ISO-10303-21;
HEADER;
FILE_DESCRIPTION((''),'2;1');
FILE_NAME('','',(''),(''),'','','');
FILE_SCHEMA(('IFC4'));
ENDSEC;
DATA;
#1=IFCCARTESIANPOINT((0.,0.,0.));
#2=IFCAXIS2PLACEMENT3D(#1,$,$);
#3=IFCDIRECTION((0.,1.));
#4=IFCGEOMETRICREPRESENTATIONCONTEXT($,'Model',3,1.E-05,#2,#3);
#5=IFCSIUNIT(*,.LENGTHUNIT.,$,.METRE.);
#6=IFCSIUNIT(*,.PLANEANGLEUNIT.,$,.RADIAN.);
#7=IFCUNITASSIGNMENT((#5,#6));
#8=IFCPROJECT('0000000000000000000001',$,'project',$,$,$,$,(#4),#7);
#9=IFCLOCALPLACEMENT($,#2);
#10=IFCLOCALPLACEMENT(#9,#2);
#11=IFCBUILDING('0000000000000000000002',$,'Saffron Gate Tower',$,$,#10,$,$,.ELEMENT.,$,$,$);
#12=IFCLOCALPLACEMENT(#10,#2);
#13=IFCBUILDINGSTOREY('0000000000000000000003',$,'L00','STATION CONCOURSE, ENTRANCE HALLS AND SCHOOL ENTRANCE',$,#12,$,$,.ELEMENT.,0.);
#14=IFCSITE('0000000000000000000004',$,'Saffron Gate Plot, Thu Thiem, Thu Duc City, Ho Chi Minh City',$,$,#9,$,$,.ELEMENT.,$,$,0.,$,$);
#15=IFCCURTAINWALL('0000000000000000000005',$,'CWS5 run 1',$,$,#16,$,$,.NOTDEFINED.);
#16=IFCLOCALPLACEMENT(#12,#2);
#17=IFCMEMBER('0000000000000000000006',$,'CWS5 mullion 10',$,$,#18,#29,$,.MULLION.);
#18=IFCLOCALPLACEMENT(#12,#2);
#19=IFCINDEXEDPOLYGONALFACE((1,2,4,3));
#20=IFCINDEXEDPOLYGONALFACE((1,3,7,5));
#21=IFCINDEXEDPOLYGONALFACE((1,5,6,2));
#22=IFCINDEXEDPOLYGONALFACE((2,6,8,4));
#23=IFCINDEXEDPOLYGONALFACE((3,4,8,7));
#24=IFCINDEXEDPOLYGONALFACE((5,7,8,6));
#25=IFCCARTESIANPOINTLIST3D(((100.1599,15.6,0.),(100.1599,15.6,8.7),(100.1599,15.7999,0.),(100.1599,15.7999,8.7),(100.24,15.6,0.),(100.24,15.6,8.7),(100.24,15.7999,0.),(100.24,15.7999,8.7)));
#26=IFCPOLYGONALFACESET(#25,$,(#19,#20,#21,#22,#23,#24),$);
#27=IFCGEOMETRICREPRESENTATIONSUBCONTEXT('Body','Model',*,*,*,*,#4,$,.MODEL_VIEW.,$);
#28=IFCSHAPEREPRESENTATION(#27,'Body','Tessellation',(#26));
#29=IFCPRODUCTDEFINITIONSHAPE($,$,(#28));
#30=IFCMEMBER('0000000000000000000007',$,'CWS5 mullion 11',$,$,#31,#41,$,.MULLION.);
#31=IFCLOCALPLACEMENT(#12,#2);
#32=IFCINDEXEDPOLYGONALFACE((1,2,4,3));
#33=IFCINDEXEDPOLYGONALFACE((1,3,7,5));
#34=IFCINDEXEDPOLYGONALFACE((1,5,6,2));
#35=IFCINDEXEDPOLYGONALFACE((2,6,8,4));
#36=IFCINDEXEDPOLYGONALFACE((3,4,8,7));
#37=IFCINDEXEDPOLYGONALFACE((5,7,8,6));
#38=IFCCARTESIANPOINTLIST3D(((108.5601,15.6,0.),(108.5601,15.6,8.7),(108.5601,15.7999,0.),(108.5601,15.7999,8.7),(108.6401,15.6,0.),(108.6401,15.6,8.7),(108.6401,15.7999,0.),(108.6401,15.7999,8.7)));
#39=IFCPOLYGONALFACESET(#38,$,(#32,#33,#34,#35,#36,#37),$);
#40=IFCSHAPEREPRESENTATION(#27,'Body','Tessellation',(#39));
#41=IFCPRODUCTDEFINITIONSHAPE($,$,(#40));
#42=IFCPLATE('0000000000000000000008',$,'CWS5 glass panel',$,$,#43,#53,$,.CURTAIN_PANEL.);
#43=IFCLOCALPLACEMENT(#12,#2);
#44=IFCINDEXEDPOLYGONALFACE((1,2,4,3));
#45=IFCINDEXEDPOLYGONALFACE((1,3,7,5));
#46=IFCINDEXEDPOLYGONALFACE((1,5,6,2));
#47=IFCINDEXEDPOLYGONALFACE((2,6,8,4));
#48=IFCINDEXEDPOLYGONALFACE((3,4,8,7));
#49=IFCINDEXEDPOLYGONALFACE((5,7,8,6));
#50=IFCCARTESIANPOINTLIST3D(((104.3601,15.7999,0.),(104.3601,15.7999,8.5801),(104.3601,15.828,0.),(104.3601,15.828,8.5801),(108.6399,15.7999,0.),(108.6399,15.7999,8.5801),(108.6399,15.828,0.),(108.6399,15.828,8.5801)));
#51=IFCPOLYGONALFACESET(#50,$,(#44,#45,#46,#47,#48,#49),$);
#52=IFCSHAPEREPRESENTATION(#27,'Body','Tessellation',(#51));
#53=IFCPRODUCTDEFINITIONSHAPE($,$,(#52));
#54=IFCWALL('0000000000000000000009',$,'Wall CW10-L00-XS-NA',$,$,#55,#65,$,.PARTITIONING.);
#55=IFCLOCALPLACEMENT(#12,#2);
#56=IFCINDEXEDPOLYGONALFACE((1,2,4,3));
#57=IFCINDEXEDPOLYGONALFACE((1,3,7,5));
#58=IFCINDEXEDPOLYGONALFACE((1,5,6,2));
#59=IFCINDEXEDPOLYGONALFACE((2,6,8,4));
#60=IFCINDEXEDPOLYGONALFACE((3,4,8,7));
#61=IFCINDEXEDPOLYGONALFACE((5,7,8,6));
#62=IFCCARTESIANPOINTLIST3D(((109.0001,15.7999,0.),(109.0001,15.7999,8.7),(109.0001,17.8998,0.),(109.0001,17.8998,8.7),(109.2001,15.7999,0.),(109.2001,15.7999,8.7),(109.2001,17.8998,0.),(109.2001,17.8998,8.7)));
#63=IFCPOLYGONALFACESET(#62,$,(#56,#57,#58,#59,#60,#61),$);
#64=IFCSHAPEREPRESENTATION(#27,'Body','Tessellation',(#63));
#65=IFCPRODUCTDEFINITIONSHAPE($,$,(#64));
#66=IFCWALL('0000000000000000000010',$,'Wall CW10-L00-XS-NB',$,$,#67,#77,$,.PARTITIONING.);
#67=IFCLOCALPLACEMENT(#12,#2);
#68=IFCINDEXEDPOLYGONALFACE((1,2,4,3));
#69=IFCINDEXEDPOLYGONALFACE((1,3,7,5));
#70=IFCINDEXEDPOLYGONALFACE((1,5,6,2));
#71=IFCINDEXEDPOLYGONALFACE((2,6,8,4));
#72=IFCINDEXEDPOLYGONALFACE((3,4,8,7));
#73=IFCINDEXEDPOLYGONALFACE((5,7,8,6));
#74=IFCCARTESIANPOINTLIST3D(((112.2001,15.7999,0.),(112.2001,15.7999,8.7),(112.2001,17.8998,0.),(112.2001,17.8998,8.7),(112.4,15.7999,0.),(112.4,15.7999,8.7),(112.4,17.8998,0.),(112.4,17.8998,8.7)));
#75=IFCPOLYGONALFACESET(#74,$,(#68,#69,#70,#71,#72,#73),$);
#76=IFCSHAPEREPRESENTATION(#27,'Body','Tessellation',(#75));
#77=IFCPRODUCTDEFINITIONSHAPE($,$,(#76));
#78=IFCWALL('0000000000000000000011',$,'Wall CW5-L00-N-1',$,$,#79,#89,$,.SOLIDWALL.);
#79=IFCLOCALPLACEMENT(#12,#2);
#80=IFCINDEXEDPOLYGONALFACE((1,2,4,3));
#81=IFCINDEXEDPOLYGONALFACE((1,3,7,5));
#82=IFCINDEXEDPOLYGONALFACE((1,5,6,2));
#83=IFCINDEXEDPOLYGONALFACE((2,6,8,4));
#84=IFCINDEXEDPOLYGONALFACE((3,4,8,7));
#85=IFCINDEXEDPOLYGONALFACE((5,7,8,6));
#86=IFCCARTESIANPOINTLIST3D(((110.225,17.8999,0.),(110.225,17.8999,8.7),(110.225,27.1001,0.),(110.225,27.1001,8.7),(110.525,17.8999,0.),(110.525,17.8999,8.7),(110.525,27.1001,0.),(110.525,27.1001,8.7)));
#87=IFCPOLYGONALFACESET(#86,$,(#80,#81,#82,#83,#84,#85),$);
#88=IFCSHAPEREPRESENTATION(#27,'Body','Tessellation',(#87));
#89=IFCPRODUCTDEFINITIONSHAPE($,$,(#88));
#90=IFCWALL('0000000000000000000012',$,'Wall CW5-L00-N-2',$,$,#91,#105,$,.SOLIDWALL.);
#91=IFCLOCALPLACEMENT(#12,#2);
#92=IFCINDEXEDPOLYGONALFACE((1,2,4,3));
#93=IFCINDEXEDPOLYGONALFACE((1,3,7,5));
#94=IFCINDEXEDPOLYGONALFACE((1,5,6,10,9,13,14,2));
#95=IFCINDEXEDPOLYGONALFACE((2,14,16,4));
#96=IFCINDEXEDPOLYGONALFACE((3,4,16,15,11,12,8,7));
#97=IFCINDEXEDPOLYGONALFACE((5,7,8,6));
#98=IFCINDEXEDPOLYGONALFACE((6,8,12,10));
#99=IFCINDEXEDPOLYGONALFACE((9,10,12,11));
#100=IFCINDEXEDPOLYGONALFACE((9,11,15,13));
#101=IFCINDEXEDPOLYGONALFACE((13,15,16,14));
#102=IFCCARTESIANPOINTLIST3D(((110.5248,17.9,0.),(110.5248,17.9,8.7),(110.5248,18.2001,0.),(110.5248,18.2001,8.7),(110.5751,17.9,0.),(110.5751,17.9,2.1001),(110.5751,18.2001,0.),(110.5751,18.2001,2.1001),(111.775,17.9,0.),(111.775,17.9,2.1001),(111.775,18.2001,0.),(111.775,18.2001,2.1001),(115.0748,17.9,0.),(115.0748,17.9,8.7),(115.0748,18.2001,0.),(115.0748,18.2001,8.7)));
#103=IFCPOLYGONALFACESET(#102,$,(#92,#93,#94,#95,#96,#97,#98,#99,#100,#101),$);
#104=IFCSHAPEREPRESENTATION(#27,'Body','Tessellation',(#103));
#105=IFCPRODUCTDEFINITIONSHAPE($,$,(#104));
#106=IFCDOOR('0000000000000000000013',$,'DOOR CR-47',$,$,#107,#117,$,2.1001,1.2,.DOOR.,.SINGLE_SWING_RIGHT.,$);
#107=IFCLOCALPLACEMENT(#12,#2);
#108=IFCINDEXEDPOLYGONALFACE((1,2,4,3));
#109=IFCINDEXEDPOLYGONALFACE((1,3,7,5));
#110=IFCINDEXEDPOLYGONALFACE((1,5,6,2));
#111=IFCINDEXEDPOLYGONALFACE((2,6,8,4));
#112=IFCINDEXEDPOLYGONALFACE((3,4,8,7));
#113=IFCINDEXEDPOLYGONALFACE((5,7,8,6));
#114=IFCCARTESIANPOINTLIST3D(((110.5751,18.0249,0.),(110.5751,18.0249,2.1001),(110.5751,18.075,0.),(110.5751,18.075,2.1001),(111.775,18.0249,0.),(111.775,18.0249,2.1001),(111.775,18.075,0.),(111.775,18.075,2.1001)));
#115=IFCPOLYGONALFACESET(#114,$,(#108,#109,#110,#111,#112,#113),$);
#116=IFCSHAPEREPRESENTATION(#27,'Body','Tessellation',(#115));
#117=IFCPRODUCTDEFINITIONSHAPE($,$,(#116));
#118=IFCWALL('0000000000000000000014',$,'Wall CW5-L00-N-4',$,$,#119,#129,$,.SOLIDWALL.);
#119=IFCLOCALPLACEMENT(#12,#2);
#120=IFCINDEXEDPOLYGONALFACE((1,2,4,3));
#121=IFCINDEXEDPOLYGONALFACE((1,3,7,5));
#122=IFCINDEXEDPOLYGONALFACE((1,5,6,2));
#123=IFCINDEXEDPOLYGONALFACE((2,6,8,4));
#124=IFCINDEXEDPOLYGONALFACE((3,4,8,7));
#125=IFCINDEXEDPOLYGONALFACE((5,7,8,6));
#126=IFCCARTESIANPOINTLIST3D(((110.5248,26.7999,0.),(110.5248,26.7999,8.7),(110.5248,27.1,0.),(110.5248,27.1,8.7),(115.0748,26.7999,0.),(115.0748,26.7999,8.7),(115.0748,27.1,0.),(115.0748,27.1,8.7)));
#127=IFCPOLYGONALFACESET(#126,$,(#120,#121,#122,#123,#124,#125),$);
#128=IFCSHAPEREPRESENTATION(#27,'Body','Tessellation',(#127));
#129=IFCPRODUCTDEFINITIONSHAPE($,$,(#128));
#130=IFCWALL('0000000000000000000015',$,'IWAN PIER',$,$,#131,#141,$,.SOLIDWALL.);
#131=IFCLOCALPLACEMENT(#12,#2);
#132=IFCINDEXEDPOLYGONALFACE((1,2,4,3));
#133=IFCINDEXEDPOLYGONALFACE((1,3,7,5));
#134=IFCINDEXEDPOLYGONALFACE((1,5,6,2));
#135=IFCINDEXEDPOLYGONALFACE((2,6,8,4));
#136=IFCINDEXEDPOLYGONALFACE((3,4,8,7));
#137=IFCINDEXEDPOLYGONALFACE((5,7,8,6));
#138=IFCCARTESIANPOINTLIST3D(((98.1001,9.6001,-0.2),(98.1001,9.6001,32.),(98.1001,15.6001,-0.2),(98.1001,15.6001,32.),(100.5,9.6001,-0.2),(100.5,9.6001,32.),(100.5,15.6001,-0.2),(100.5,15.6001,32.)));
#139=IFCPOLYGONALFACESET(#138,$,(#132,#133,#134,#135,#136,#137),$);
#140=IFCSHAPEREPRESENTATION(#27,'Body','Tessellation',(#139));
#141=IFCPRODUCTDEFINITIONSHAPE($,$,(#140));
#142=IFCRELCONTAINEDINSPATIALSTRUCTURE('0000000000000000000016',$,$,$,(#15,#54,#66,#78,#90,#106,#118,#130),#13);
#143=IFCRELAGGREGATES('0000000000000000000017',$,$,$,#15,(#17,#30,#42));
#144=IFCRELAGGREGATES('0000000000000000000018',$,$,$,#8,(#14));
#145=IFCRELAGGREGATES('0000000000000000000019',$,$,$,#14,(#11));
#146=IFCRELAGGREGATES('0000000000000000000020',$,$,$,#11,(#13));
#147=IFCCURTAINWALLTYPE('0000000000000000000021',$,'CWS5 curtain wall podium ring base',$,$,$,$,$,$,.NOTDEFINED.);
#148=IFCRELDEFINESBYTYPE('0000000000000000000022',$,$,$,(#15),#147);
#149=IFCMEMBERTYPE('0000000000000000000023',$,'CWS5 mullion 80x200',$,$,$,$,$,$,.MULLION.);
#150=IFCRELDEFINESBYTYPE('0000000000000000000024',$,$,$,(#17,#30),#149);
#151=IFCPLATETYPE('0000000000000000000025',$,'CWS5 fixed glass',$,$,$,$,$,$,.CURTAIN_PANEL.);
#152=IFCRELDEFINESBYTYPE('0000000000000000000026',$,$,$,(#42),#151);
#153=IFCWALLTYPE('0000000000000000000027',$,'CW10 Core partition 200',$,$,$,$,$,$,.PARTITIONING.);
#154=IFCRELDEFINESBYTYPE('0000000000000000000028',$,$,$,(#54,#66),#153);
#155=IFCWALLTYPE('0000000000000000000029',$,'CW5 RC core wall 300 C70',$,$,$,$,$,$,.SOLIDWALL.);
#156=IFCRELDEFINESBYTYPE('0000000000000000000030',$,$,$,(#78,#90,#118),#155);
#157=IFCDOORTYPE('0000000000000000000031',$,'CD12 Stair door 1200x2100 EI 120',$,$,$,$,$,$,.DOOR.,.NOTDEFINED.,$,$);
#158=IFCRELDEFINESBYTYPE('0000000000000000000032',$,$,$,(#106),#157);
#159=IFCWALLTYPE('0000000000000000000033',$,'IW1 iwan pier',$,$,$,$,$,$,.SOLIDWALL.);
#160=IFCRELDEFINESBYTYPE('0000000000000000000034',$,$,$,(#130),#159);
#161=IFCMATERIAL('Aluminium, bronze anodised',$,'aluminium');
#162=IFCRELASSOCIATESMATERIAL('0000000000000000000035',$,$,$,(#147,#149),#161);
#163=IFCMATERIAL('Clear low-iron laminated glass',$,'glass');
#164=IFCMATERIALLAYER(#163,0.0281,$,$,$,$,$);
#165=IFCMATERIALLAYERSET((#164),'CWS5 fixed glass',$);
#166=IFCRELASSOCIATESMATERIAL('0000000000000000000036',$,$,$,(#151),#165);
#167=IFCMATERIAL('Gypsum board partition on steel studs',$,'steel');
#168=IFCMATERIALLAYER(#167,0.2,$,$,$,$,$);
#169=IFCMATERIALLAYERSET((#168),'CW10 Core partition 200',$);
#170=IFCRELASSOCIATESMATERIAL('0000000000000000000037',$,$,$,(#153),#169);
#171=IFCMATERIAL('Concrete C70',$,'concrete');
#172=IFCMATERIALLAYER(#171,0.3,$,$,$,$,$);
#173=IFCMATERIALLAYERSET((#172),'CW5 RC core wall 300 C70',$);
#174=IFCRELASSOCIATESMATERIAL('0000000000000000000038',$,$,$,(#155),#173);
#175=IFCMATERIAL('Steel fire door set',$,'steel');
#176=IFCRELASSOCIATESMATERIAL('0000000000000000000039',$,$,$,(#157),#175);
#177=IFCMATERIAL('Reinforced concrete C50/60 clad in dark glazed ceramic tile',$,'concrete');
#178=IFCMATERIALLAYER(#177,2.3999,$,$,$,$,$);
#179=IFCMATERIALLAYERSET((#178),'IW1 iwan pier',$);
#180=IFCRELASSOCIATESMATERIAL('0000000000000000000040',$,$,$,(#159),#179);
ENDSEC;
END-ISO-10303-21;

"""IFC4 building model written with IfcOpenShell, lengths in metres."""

from ifc_helpers import new_model, si_unit, direction, frame, frame_2d, origin, origin_2d, place, context, subcontext, project, spatial, rectangle, extrude, material, layer, layer_set, material_profile, profile_set, type_object, element, fill, aggregate, save


model = new_model("IFC4")

# Units and contexts
model_context = context("Model", 3, precision=1e-05, world=origin(), true_north=direction((0.0, 1.0)))
body_context = subcontext(model_context, "Body", "Model", "MODEL_VIEW")
ifc_project = project(units=[si_unit("LENGTHUNIT", "METRE"), si_unit("PLANEANGLEUNIT", "RADIAN")], contexts=[model_context])

# Site, building, storey
site_placement = place(None, origin())
site = spatial("IfcSite", under=ifc_project, at=site_placement, Name="Saffron Gate Plot, Thu Thiem, Thu Duc City, Ho Chi Minh City", CompositionType="ELEMENT", RefElevation=0.0)
building_placement = place(site_placement, origin())
building = spatial("IfcBuilding", under=site, at=building_placement, Name="Saffron Gate Tower", CompositionType="ELEMENT")
storey_placement = place(building_placement, origin())
storey = spatial("IfcBuildingStorey", under=building, at=storey_placement, Name="L00", Description="STATION CONCOURSE, ENTRANCE HALLS AND SCHOOL ENTRANCE", CompositionType="ELEMENT", Elevation=0.0)

# Curtain wall, members, plate
ifc_material_1 = material(Name="Aluminium, bronze anodised", Category="aluminium")
curtain_wall_type = type_object("IfcCurtainWallType", Name="CWS5 curtain wall podium ring base", PredefinedType="NOTDEFINED", material=ifc_material_1)
curtain_wall_placement = place(storey_placement, origin())
curtain_wall = element("IfcCurtainWall", 1, at=curtain_wall_placement, inside=storey, type_object=curtain_wall_type, Name="CWS5 run 1", PredefinedType="NOTDEFINED")
ifc_material_profile_1 = material_profile(ifc_material_1, rectangle(XDim=0.2, YDim=0.0801, at=origin_2d()))
ifc_profile_set_1 = profile_set([ifc_material_profile_1], Name="Aluminium, bronze anodised")
member_type = type_object("IfcMemberType", Name="CWS5 mullion 80x200", PredefinedType="MULLION", material=ifc_profile_set_1)
member_1_placement = place(storey_placement, frame((100.2, 15.7, 0.0), z_axis=(0.0, 0.0, 1.0), x_axis=(0.0, 1.0, 0.0)))
member_1 = element("IfcMember", 2, at=member_1_placement, type_object=member_type, Name="CWS5 mullion 10", PredefinedType="MULLION", context=body_context, shape_type="SweptSolid", body=[
    extrude(rectangle(XDim=0.2, YDim=0.0801, at=origin_2d()), origin(), (0.0, 0.0, 1.0), 8.7),
])
member_2_placement = place(storey_placement, frame((108.6001, 15.7, 0.0), z_axis=(0.0, 0.0, 1.0), x_axis=(0.0, 1.0, 0.0)))
member_2 = element("IfcMember", 3, at=member_2_placement, type_object=member_type, Name="CWS5 mullion 11", PredefinedType="MULLION", context=body_context, shape_type="SweptSolid", body=[
    extrude(rectangle(XDim=0.2, YDim=0.0801, at=origin_2d()), origin(), (0.0, 0.0, 1.0), 8.7),
])
ifc_material_2 = material(Name="Clear low-iron laminated glass", Category="glass")
ifc_layer_1 = layer(ifc_material_2, 0.0281)
ifc_layer_set_1 = layer_set([ifc_layer_1], Name="CWS5 fixed glass")
plate_type = type_object("IfcPlateType", Name="CWS5 fixed glass", PredefinedType="CURTAIN_PANEL", material=ifc_layer_set_1)
plate_placement = place(storey_placement, frame((104.3601, 15.814, 0.0), z_axis=(0.0, 0.0, 1.0), x_axis=(1.0, 0.0, 0.0)))
plate = element("IfcPlate", 4, at=plate_placement, type_object=plate_type, Name="CWS5 glass panel", PredefinedType="CURTAIN_PANEL", context=body_context, shape_type="SweptSolid", body=[
    extrude(rectangle(XDim=4.2798, YDim=0.0281, at=frame_2d((2.1399, 0.0))), origin(), (0.0, 0.0, 1.0), 8.5801),
])
aggregate(curtain_wall, [member_1, member_2, plate])

# Walls
ifc_material_3 = material(Name="Gypsum board partition on steel studs", Category="steel")
ifc_layer_2 = layer(ifc_material_3, 0.2)
ifc_layer_set_2 = layer_set([ifc_layer_2], Name="CW10 Core partition 200")
wall_type_1 = type_object("IfcWallType", Name="CW10 Core partition 200", PredefinedType="PARTITIONING", material=ifc_layer_set_2)
for number, where, z_axis, x_axis, name in (
    (5, (109.1001, 15.8, 0.0), (0.0, 0.0, 1.0), (0.0, 1.0, 0.0), "Wall CW10-L00-XS-NA"),
    (6, (112.3, 15.8, 0.0), (0.0, 0.0, 1.0), (0.0, 1.0, 0.0), "Wall CW10-L00-XS-NB"),
):
    element("IfcWall", number, at=place(storey_placement, frame(where, z_axis=z_axis, x_axis=x_axis)), inside=storey, type_object=wall_type_1, Name=name, PredefinedType="PARTITIONING", context=body_context, shape_type="SweptSolid", body=[
        extrude(rectangle(XDim=2.0999, YDim=0.2, at=frame_2d((1.0498, 0.0))), origin(), (0.0, 0.0, 1.0), 8.7),
    ])
ifc_material_4 = material(Name="Concrete C70", Category="concrete")
ifc_layer_3 = layer(ifc_material_4, 0.3)
ifc_layer_set_3 = layer_set([ifc_layer_3], Name="CW5 RC core wall 300 C70")
wall_type_2 = type_object("IfcWallType", Name="CW5 RC core wall 300 C70", PredefinedType="SOLIDWALL", material=ifc_layer_set_3)
wall_1_placement = place(storey_placement, frame((110.375, 17.8999, 0.0), z_axis=(0.0, 0.0, 1.0), x_axis=(0.0, 1.0, 0.0)))
element("IfcWall", 7, at=wall_1_placement, inside=storey, type_object=wall_type_2, Name="Wall CW5-L00-N-1", PredefinedType="SOLIDWALL", context=body_context, shape_type="SweptSolid", body=[
    extrude(rectangle(XDim=9.2002, YDim=0.3, at=frame_2d((4.6001, 0.0))), origin(), (0.0, 0.0, 1.0), 8.7),
])

# Wall, opening, door
wall_2_placement = place(storey_placement, frame((110.5249, 18.05, 0.0), z_axis=(0.0, 0.0, 1.0), x_axis=(1.0, 0.0, 0.0)))
wall_2 = element("IfcWall", 8, at=wall_2_placement, inside=storey, type_object=wall_type_2, Name="Wall CW5-L00-N-2", PredefinedType="SOLIDWALL", context=body_context, shape_type="SweptSolid", body=[
    extrude(rectangle(XDim=4.55, YDim=0.3, at=frame_2d((2.2749, 0.0))), origin(), (0.0, 0.0, 1.0), 8.7),
])
opening_1_placement = place(wall_2_placement, frame((0.05, 0.0, 0.0)))
opening_1 = element("IfcOpeningElement", 9, at=opening_1_placement, cuts=wall_2, PredefinedType="OPENING", context=body_context, shape_type="SweptSolid", body=[
    extrude(rectangle(XDim=1.2, YDim=2.1001, at=frame_2d((0.6001, 1.05))), frame((0.0, 0.1602, 0.0), z_axis=(0.0, -1.0, 0.0), x_axis=(1.0, 0.0, 0.0)), (0.0, 0.0, 1.0), 0.3201),
])
ifc_material_5 = material(Name="Steel fire door set", Category="steel")
door_type_1 = type_object("IfcDoorType", Name="CD12 Stair door 1200x2100 EI 120", OperationType="NOTDEFINED", PredefinedType="DOOR", material=ifc_material_5)
door_1_placement = place(opening_1_placement, origin())
door_1 = element("IfcDoor", 10, at=door_1_placement, inside=storey, type_object=door_type_1, Name="DOOR CR-47", OperationType="SINGLE_SWING_RIGHT", OverallHeight=2.1001, OverallWidth=1.2, PredefinedType="DOOR", context=body_context, shape_type="SweptSolid", body=[
    extrude(rectangle(XDim=1.2, YDim=2.1001, at=frame_2d((0.6001, 1.05))), frame((0.0, 0.0249, 0.0), z_axis=(0.0, -1.0, 0.0), x_axis=(1.0, 0.0, 0.0)), (0.0, 0.0, 1.0), 0.05),
])
fill(opening_1, door_1)

# Walls
wall_3_placement = place(storey_placement, frame((110.5249, 26.95, 0.0), z_axis=(0.0, 0.0, 1.0), x_axis=(1.0, 0.0, 0.0)))
element("IfcWall", 11, at=wall_3_placement, inside=storey, type_object=wall_type_2, Name="Wall CW5-L00-N-4", PredefinedType="SOLIDWALL", context=body_context, shape_type="SweptSolid", body=[
    extrude(rectangle(XDim=4.55, YDim=0.3, at=frame_2d((2.2749, 0.0))), origin(), (0.0, 0.0, 1.0), 8.7),
])
ifc_material_6 = material(Name="Reinforced concrete C50/60 clad in dark glazed ceramic tile", Category="concrete")
ifc_layer_4 = layer(ifc_material_6, 2.3999)
ifc_layer_set_4 = layer_set([ifc_layer_4], Name="IW1 iwan pier")
wall_type_3 = type_object("IfcWallType", Name="IW1 iwan pier", PredefinedType="SOLIDWALL", material=ifc_layer_set_4)
wall_4_placement = place(storey_placement, frame((99.3, 15.6001, -0.2), z_axis=(0.0, 0.0, 1.0), x_axis=(0.0, -1.0, 0.0)))
element("IfcWall", 12, at=wall_4_placement, inside=storey, type_object=wall_type_3, Name="IWAN PIER", PredefinedType="SOLIDWALL", context=body_context, shape_type="SweptSolid", body=[
    extrude(rectangle(XDim=6.0, YDim=2.3999, at=frame_2d((3.0, 0.0))), origin(), (0.0, 0.0, 1.0), 32.2),
])

save(model, "model.ifc")
